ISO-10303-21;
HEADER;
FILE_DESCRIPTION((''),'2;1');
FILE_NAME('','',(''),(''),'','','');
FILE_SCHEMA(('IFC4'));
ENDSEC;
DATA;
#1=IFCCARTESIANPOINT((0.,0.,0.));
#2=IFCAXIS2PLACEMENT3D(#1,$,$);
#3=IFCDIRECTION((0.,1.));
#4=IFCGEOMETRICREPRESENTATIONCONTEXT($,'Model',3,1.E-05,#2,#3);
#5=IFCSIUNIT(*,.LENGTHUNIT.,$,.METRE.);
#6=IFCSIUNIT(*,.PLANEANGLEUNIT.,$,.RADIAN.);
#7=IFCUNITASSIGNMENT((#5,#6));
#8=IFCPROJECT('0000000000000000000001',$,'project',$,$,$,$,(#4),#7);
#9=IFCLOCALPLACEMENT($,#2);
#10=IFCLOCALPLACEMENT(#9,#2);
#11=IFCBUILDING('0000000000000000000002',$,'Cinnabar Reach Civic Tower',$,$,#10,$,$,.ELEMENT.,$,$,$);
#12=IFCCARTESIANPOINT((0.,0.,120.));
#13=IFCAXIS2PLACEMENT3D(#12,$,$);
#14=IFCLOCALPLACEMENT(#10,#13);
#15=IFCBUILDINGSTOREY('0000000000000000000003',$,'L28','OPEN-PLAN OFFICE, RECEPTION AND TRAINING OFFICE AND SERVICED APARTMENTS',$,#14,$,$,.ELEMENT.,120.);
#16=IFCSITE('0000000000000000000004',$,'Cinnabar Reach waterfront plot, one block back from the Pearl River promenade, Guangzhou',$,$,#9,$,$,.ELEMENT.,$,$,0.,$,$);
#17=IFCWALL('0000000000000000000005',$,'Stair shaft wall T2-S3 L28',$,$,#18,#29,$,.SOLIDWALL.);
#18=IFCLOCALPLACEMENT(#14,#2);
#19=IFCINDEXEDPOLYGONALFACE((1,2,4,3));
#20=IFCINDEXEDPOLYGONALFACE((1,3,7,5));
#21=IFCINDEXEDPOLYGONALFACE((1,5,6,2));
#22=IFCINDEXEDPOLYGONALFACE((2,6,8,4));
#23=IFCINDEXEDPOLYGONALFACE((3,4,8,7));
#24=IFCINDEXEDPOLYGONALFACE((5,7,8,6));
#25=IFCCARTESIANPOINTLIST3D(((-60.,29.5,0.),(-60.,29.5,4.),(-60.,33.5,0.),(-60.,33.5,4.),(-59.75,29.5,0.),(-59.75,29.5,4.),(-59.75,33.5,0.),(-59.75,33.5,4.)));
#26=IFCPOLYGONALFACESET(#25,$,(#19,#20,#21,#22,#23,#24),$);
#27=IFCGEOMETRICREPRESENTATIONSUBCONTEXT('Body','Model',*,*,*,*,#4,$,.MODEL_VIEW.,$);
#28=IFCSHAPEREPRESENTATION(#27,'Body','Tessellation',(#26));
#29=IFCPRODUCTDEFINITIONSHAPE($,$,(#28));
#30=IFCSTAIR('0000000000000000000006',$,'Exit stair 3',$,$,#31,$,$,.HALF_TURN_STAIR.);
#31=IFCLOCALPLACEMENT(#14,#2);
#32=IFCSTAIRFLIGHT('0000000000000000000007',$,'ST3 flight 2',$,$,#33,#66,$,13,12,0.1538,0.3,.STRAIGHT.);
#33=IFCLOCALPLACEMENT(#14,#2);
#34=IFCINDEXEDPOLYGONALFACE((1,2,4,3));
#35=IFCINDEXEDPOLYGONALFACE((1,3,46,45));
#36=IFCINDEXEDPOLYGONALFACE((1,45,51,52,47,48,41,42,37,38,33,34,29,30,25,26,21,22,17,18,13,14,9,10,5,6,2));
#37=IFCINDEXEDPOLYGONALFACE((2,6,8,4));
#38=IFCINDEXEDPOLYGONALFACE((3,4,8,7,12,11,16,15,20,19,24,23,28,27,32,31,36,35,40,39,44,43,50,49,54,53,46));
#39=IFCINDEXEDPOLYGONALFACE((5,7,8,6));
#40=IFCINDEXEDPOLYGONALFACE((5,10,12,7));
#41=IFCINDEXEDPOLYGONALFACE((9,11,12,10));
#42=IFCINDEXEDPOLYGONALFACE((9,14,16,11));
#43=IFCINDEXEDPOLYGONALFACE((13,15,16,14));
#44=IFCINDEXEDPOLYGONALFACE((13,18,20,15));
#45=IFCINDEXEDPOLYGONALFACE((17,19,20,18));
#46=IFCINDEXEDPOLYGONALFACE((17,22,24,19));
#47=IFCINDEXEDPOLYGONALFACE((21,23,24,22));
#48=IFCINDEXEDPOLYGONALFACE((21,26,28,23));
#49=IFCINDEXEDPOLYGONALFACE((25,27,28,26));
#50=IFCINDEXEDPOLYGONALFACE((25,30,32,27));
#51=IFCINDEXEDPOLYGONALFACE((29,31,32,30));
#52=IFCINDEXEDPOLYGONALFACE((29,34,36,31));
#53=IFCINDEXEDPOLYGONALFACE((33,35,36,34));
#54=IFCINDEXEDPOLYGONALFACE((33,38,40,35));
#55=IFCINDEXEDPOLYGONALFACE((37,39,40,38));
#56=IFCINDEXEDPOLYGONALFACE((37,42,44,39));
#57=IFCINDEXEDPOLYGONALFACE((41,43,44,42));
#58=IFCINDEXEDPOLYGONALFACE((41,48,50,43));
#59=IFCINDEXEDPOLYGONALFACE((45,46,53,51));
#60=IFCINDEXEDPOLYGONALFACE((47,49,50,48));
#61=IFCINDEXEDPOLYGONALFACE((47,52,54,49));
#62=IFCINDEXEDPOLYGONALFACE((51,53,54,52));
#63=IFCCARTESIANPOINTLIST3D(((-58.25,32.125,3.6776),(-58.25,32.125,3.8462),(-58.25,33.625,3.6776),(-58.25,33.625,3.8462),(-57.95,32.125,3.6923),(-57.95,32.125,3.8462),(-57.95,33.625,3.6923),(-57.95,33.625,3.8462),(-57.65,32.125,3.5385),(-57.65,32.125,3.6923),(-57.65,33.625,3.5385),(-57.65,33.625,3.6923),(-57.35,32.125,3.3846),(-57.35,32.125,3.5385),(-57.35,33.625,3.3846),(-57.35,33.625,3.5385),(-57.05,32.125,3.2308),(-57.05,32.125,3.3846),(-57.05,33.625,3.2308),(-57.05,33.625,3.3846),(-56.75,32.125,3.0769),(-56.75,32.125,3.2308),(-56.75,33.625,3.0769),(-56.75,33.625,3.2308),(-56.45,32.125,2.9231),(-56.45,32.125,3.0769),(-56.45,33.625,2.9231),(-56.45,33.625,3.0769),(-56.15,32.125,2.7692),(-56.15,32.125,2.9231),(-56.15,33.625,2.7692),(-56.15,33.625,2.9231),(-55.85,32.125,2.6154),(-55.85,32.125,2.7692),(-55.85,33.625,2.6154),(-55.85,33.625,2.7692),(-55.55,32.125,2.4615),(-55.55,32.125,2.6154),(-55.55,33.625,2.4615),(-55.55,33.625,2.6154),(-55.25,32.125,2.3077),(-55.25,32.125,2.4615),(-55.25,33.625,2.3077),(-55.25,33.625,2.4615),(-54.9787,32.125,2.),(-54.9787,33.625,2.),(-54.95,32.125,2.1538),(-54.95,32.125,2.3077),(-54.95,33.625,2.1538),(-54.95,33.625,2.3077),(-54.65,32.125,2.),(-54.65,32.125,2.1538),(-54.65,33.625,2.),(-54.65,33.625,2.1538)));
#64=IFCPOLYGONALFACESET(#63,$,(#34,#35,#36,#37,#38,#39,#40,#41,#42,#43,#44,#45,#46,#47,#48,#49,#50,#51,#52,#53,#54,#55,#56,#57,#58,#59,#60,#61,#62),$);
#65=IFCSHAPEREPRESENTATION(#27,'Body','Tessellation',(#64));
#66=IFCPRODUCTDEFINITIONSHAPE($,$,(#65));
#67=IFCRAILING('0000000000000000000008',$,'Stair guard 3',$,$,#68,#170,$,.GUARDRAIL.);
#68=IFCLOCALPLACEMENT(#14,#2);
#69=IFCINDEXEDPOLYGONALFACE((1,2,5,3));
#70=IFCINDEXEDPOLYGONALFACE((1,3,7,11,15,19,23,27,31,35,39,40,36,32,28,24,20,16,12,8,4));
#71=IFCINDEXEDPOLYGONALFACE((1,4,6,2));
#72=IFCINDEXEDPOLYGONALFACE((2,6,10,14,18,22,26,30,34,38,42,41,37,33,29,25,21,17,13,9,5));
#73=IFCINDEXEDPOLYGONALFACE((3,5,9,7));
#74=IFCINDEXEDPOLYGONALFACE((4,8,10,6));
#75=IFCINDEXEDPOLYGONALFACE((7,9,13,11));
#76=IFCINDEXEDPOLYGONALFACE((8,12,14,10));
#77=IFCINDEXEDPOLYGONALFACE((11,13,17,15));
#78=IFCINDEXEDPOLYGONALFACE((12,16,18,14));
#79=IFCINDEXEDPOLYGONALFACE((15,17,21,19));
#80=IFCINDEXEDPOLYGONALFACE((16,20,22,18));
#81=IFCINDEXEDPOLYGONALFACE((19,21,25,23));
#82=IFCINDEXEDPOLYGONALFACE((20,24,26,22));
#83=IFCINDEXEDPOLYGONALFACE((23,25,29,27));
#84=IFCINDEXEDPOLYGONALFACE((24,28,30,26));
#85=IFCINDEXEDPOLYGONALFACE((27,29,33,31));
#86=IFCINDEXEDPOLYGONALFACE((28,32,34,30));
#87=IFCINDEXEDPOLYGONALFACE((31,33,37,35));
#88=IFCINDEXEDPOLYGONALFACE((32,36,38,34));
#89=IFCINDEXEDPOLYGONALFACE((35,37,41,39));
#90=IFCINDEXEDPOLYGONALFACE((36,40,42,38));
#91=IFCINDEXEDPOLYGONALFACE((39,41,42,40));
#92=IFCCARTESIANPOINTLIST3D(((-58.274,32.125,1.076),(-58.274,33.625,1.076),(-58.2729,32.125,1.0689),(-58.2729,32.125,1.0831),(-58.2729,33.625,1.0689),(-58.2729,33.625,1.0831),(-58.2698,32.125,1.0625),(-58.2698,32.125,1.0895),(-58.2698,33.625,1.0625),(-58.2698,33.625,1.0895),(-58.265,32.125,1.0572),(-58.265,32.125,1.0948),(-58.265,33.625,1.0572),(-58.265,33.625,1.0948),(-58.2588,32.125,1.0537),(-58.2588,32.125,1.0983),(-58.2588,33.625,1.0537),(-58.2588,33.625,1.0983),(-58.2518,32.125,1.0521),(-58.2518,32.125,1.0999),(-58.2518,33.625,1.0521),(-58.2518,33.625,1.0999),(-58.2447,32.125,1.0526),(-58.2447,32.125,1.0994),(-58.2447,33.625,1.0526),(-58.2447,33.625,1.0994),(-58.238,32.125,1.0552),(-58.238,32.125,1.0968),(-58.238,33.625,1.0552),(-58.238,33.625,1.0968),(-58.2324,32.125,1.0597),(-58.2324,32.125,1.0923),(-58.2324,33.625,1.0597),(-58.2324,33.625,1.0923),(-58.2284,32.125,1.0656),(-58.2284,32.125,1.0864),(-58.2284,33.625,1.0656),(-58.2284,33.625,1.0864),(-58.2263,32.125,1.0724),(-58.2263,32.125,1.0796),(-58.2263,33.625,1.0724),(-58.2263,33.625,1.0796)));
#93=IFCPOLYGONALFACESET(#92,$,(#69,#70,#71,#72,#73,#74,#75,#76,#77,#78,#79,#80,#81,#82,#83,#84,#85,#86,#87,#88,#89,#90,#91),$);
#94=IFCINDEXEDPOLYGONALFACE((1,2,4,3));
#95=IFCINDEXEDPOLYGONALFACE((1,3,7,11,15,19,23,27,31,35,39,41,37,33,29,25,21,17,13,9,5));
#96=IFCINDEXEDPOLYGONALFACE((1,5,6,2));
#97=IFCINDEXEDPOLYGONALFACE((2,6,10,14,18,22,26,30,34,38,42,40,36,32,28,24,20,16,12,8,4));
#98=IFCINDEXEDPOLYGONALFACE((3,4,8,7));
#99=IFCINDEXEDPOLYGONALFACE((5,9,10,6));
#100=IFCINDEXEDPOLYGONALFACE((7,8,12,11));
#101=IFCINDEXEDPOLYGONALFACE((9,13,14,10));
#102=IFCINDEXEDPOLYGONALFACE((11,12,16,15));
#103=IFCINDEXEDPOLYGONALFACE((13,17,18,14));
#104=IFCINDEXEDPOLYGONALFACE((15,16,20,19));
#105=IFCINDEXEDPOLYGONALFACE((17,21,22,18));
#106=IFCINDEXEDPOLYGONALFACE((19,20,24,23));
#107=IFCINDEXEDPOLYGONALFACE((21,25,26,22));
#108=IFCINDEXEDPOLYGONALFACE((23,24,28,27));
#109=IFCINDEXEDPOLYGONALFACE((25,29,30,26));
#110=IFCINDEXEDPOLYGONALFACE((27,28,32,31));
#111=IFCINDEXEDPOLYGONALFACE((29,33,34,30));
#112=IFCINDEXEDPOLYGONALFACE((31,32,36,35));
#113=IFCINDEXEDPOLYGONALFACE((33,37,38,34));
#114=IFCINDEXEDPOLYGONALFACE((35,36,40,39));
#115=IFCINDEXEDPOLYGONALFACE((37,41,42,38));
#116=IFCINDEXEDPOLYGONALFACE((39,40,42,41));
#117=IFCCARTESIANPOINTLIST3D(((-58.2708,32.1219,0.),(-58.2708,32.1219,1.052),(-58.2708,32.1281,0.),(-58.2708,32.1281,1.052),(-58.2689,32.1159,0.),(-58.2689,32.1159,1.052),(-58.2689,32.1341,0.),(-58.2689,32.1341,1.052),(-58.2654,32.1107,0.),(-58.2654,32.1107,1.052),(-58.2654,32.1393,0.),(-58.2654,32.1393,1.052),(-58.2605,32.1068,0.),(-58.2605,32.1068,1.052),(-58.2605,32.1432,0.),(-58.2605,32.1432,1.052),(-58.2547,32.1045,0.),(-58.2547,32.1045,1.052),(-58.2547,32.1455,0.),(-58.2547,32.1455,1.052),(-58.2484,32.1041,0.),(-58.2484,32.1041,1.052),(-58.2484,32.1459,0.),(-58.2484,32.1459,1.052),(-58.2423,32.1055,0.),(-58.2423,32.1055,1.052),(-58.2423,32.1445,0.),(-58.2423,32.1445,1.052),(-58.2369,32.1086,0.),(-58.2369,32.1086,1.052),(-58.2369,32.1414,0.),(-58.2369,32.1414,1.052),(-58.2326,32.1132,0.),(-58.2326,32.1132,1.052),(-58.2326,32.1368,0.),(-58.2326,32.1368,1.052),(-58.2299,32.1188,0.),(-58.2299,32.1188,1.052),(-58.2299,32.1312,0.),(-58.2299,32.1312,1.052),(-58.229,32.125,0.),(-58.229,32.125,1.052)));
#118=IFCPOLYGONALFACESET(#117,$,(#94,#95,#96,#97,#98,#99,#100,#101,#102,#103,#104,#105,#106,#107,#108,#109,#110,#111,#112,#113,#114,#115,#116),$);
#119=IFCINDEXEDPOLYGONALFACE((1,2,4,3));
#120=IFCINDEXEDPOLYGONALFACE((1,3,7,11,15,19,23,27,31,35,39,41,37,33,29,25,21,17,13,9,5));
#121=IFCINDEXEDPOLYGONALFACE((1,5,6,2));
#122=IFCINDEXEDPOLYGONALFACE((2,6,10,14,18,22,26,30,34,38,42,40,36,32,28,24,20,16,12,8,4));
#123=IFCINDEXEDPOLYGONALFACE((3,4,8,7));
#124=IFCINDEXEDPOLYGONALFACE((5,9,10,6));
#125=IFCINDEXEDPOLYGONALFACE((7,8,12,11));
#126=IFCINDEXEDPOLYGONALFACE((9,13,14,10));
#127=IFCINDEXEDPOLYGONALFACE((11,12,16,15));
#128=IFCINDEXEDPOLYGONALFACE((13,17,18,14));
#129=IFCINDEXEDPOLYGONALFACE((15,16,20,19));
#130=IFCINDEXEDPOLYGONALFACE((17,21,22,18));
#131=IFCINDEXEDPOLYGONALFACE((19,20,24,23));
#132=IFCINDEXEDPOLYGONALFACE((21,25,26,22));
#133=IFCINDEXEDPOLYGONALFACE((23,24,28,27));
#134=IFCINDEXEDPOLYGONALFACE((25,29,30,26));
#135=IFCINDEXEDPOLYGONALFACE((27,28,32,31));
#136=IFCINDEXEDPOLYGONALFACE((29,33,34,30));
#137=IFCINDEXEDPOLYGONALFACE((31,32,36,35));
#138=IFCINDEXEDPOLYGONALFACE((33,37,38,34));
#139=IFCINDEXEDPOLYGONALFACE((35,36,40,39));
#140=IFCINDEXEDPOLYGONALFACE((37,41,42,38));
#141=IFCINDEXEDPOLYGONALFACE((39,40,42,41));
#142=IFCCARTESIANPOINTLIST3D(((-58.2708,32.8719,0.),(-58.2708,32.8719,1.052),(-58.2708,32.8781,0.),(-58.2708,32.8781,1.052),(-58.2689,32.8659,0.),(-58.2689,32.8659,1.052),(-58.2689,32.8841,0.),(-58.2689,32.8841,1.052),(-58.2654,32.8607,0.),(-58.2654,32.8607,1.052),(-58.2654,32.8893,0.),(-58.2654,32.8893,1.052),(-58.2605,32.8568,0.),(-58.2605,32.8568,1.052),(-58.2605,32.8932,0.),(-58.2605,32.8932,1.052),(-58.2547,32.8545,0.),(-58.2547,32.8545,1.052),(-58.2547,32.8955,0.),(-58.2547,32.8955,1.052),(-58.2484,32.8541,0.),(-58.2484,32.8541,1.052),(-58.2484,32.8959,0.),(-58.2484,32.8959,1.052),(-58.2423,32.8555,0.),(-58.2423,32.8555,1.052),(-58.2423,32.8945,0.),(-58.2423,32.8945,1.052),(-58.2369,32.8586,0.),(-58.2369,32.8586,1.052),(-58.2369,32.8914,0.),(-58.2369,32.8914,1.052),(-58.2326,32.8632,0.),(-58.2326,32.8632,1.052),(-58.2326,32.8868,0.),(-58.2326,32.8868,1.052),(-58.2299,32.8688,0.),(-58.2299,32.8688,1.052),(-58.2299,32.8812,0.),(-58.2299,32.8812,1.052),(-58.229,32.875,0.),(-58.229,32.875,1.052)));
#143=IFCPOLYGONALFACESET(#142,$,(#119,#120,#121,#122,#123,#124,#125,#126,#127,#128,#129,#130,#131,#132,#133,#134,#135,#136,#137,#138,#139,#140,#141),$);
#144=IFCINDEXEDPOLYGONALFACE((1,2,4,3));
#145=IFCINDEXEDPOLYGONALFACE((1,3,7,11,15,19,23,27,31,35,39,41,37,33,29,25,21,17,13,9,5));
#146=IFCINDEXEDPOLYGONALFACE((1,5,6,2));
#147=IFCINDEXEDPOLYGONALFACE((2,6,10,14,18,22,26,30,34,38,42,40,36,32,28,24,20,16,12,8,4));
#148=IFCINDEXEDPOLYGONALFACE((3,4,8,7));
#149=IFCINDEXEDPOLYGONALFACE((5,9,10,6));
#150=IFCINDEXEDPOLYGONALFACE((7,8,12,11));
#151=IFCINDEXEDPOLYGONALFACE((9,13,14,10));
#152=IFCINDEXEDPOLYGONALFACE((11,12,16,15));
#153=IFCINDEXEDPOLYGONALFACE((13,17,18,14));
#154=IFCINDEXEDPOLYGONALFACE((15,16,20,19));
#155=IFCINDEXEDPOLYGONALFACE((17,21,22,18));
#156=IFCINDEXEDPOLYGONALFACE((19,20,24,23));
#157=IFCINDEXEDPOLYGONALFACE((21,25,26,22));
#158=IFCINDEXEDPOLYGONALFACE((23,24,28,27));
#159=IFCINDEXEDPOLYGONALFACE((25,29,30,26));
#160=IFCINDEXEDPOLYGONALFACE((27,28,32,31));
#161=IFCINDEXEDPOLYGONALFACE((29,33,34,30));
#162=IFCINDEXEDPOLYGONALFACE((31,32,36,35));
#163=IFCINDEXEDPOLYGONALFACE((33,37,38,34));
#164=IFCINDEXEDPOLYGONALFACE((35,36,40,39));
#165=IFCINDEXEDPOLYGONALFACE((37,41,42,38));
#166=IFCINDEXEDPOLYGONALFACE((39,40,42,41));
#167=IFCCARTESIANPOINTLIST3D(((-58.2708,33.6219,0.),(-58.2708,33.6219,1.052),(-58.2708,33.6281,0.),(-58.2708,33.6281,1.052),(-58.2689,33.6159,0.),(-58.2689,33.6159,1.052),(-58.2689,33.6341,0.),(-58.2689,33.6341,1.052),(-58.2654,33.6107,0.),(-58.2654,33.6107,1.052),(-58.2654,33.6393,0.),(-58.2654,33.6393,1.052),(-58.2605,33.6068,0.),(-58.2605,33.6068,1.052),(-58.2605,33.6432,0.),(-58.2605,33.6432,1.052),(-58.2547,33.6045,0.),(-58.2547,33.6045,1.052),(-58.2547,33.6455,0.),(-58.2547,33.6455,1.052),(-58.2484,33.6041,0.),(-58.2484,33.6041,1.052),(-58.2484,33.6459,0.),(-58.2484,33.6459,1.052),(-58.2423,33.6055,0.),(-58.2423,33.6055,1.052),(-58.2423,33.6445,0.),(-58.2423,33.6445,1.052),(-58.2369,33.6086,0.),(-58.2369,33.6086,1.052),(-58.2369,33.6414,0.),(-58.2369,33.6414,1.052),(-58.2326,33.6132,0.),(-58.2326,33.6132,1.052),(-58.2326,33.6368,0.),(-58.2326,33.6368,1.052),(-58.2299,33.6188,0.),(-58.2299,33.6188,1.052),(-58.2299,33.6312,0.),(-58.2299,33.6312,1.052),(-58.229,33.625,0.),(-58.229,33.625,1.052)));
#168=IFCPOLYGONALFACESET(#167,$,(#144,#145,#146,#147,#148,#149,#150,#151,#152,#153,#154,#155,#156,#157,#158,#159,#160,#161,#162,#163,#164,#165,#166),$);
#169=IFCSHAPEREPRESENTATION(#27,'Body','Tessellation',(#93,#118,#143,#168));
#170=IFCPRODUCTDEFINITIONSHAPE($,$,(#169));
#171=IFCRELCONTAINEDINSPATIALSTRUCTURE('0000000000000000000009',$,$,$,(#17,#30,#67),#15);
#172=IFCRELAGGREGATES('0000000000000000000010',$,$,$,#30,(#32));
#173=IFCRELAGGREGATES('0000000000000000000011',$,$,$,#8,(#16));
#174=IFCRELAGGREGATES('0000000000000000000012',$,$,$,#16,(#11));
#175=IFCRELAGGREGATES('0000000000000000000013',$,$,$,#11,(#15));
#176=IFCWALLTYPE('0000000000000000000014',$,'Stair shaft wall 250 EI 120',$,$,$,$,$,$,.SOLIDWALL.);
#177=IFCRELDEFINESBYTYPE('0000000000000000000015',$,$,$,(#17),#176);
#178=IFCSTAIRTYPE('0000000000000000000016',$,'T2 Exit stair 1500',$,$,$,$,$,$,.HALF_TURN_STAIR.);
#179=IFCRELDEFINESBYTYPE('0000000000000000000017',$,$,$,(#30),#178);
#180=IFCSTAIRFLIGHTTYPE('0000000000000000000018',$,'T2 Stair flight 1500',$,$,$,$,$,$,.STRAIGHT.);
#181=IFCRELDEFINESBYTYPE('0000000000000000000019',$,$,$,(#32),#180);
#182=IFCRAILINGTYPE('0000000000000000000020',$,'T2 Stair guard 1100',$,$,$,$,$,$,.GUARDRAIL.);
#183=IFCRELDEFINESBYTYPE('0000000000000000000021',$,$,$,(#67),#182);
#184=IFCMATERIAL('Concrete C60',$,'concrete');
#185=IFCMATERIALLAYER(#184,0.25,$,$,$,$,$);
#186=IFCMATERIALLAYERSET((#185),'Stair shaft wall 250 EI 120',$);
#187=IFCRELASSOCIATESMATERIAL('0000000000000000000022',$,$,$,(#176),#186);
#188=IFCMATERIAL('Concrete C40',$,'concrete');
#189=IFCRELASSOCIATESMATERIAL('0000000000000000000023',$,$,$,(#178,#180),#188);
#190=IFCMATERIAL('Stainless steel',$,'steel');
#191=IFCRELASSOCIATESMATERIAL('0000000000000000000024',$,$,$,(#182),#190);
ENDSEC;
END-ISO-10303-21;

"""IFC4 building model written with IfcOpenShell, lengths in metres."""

from ifc_helpers import new_model, si_unit, direction, frame, frame_2d, origin, origin_2d, place, context, subcontext, project, spatial, polyline, rectangle, circle, outline, extrude, material, layer, layer_set, type_object, element, aggregate, save


model = new_model("IFC4")

# Units and contexts
model_context = context("Model", 3, precision=1e-05, world=origin(), true_north=direction((0.0, 1.0)))
body_context = subcontext(model_context, "Body", "Model", "MODEL_VIEW")
ifc_project = project(units=[si_unit("LENGTHUNIT", "METRE"), si_unit("PLANEANGLEUNIT", "RADIAN")], contexts=[model_context])

# Site, building, storey
site_placement = place(None, origin())
site = spatial("IfcSite", under=ifc_project, at=site_placement, Name="Cinnabar Reach waterfront plot, one block back from the Pearl River promenade, Guangzhou", CompositionType="ELEMENT", RefElevation=0.0)
building_placement = place(site_placement, origin())
building = spatial("IfcBuilding", under=site, at=building_placement, Name="Cinnabar Reach Civic Tower", CompositionType="ELEMENT")
storey_placement = place(building_placement, frame((0.0, 0.0, 120.0)))
storey = spatial("IfcBuildingStorey", under=building, at=storey_placement, Name="L28", Description="OPEN-PLAN OFFICE, RECEPTION AND TRAINING OFFICE AND SERVICED APARTMENTS", CompositionType="ELEMENT", Elevation=120.0)

# Shared definitions
ifc_material_1 = material(Name="Concrete C60", Category="concrete")

# Wall
ifc_layer_1 = layer(ifc_material_1, 0.25)
ifc_layer_set_1 = layer_set([ifc_layer_1], Name="Stair shaft wall 250 EI 120")
wall_type_1 = type_object("IfcWallType", Name="Stair shaft wall 250 EI 120", PredefinedType="SOLIDWALL", material=ifc_layer_set_1)
wall_1_placement = place(storey_placement, frame((-59.875, 33.5, 0.0), z_axis=(0.0, 0.0, 1.0), x_axis=(0.0, -1.0, 0.0)))
element("IfcWall", 1, at=wall_1_placement, inside=storey, type_object=wall_type_1, Name="Stair shaft wall T2-S3 L28", PredefinedType="SOLIDWALL", context=body_context, shape_type="SweptSolid", body=[
    extrude(rectangle(XDim=4.0, YDim=0.25, at=frame_2d((2.0, 0.0))), origin(), (0.0, 0.0, 1.0), 4.0),
])

# Stair, stair flight
ifc_material_2 = material(Name="Concrete C40", Category="concrete")
stair_type = type_object("IfcStairType", Name="T2 Exit stair 1500", PredefinedType="HALF_TURN_STAIR", material=ifc_material_2)
stair_placement = place(storey_placement, origin())
stair = element("IfcStair", 2, at=stair_placement, inside=storey, type_object=stair_type, Name="Exit stair 3", PredefinedType="HALF_TURN_STAIR")
stair_flight_type = type_object("IfcStairFlightType", Name="T2 Stair flight 1500", PredefinedType="STRAIGHT", material=ifc_material_2)
stair_flight_placement = place(storey_placement, frame((-54.65, 32.875, 2.0), z_axis=(0.0, 0.0, 1.0), x_axis=(-1.0, 0.0, 0.0)))
stair_flight = element("IfcStairFlight", 3, at=stair_flight_placement, type_object=stair_flight_type, Name="ST3 flight 2", NumberOfRisers=13, NumberOfTreads=12, PredefinedType="STRAIGHT", RiserHeight=0.1538, TreadLength=0.3, context=body_context, shape_type="SweptSolid", body=[
    extrude(outline(polyline([(0.0, 0.0), (0.0, 0.1538), (0.3, 0.1538), (0.3, 0.3077), (0.6, 0.3077), (0.6, 0.4615), (0.9, 0.4615), (0.9, 0.6154), (1.2, 0.6154), (1.2, 0.7692), (1.5, 0.7692), (1.5, 0.9231), (1.8, 0.9231), (1.8, 1.0769), (2.1, 1.0769), (2.1, 1.2308), (2.4, 1.2308), (2.4, 1.3846), (2.7, 1.3846), (2.7, 1.5385), (3.0, 1.5385), (3.0, 1.6923), (3.3, 1.6923), (3.3, 1.8462), (3.6, 1.8462), (3.6, 2.0), (3.6, 1.6776), (0.3287, 0.0), (0.0, 0.0)])), frame((0.0, 0.75, 0.0), z_axis=(0.0, -1.0, 0.0), x_axis=(1.0, 0.0, 0.0)), (0.0, 0.0, 1.0), 1.5),
])
aggregate(stair, [stair_flight])

# Railing
ifc_material_3 = material(Name="Stainless steel", Category="steel")
railing_type = type_object("IfcRailingType", Name="T2 Stair guard 1100", PredefinedType="GUARDRAIL", material=ifc_material_3)
railing_1_placement = place(storey_placement, frame((-58.25, 32.125, 0.0)))
element("IfcRailing", 4, at=railing_1_placement, inside=storey, type_object=railing_type, Name="Stair guard 3", PredefinedType="GUARDRAIL", context=body_context, shape_type="SweptSolid", body=[
    extrude(circle(Radius=0.024, at=origin_2d()), frame((0.0, 0.0, 1.076), z_axis=(0.0, 1.0, 0.0), x_axis=(-1.0, 0.0, 0.0)), (0.0, 0.0, 1.0), 1.5),
    extrude(circle(Radius=0.021, at=origin_2d()), origin(), (0.0, 0.0, 1.0), 1.052),
    extrude(circle(Radius=0.021, at=origin_2d()), frame((0.0, 0.75, 0.0)), (0.0, 0.0, 1.0), 1.052),
    extrude(circle(Radius=0.021, at=origin_2d()), frame((0.0, 1.5, 0.0)), (0.0, 0.0, 1.0), 1.052),
])

save(model, "model.ifc")
